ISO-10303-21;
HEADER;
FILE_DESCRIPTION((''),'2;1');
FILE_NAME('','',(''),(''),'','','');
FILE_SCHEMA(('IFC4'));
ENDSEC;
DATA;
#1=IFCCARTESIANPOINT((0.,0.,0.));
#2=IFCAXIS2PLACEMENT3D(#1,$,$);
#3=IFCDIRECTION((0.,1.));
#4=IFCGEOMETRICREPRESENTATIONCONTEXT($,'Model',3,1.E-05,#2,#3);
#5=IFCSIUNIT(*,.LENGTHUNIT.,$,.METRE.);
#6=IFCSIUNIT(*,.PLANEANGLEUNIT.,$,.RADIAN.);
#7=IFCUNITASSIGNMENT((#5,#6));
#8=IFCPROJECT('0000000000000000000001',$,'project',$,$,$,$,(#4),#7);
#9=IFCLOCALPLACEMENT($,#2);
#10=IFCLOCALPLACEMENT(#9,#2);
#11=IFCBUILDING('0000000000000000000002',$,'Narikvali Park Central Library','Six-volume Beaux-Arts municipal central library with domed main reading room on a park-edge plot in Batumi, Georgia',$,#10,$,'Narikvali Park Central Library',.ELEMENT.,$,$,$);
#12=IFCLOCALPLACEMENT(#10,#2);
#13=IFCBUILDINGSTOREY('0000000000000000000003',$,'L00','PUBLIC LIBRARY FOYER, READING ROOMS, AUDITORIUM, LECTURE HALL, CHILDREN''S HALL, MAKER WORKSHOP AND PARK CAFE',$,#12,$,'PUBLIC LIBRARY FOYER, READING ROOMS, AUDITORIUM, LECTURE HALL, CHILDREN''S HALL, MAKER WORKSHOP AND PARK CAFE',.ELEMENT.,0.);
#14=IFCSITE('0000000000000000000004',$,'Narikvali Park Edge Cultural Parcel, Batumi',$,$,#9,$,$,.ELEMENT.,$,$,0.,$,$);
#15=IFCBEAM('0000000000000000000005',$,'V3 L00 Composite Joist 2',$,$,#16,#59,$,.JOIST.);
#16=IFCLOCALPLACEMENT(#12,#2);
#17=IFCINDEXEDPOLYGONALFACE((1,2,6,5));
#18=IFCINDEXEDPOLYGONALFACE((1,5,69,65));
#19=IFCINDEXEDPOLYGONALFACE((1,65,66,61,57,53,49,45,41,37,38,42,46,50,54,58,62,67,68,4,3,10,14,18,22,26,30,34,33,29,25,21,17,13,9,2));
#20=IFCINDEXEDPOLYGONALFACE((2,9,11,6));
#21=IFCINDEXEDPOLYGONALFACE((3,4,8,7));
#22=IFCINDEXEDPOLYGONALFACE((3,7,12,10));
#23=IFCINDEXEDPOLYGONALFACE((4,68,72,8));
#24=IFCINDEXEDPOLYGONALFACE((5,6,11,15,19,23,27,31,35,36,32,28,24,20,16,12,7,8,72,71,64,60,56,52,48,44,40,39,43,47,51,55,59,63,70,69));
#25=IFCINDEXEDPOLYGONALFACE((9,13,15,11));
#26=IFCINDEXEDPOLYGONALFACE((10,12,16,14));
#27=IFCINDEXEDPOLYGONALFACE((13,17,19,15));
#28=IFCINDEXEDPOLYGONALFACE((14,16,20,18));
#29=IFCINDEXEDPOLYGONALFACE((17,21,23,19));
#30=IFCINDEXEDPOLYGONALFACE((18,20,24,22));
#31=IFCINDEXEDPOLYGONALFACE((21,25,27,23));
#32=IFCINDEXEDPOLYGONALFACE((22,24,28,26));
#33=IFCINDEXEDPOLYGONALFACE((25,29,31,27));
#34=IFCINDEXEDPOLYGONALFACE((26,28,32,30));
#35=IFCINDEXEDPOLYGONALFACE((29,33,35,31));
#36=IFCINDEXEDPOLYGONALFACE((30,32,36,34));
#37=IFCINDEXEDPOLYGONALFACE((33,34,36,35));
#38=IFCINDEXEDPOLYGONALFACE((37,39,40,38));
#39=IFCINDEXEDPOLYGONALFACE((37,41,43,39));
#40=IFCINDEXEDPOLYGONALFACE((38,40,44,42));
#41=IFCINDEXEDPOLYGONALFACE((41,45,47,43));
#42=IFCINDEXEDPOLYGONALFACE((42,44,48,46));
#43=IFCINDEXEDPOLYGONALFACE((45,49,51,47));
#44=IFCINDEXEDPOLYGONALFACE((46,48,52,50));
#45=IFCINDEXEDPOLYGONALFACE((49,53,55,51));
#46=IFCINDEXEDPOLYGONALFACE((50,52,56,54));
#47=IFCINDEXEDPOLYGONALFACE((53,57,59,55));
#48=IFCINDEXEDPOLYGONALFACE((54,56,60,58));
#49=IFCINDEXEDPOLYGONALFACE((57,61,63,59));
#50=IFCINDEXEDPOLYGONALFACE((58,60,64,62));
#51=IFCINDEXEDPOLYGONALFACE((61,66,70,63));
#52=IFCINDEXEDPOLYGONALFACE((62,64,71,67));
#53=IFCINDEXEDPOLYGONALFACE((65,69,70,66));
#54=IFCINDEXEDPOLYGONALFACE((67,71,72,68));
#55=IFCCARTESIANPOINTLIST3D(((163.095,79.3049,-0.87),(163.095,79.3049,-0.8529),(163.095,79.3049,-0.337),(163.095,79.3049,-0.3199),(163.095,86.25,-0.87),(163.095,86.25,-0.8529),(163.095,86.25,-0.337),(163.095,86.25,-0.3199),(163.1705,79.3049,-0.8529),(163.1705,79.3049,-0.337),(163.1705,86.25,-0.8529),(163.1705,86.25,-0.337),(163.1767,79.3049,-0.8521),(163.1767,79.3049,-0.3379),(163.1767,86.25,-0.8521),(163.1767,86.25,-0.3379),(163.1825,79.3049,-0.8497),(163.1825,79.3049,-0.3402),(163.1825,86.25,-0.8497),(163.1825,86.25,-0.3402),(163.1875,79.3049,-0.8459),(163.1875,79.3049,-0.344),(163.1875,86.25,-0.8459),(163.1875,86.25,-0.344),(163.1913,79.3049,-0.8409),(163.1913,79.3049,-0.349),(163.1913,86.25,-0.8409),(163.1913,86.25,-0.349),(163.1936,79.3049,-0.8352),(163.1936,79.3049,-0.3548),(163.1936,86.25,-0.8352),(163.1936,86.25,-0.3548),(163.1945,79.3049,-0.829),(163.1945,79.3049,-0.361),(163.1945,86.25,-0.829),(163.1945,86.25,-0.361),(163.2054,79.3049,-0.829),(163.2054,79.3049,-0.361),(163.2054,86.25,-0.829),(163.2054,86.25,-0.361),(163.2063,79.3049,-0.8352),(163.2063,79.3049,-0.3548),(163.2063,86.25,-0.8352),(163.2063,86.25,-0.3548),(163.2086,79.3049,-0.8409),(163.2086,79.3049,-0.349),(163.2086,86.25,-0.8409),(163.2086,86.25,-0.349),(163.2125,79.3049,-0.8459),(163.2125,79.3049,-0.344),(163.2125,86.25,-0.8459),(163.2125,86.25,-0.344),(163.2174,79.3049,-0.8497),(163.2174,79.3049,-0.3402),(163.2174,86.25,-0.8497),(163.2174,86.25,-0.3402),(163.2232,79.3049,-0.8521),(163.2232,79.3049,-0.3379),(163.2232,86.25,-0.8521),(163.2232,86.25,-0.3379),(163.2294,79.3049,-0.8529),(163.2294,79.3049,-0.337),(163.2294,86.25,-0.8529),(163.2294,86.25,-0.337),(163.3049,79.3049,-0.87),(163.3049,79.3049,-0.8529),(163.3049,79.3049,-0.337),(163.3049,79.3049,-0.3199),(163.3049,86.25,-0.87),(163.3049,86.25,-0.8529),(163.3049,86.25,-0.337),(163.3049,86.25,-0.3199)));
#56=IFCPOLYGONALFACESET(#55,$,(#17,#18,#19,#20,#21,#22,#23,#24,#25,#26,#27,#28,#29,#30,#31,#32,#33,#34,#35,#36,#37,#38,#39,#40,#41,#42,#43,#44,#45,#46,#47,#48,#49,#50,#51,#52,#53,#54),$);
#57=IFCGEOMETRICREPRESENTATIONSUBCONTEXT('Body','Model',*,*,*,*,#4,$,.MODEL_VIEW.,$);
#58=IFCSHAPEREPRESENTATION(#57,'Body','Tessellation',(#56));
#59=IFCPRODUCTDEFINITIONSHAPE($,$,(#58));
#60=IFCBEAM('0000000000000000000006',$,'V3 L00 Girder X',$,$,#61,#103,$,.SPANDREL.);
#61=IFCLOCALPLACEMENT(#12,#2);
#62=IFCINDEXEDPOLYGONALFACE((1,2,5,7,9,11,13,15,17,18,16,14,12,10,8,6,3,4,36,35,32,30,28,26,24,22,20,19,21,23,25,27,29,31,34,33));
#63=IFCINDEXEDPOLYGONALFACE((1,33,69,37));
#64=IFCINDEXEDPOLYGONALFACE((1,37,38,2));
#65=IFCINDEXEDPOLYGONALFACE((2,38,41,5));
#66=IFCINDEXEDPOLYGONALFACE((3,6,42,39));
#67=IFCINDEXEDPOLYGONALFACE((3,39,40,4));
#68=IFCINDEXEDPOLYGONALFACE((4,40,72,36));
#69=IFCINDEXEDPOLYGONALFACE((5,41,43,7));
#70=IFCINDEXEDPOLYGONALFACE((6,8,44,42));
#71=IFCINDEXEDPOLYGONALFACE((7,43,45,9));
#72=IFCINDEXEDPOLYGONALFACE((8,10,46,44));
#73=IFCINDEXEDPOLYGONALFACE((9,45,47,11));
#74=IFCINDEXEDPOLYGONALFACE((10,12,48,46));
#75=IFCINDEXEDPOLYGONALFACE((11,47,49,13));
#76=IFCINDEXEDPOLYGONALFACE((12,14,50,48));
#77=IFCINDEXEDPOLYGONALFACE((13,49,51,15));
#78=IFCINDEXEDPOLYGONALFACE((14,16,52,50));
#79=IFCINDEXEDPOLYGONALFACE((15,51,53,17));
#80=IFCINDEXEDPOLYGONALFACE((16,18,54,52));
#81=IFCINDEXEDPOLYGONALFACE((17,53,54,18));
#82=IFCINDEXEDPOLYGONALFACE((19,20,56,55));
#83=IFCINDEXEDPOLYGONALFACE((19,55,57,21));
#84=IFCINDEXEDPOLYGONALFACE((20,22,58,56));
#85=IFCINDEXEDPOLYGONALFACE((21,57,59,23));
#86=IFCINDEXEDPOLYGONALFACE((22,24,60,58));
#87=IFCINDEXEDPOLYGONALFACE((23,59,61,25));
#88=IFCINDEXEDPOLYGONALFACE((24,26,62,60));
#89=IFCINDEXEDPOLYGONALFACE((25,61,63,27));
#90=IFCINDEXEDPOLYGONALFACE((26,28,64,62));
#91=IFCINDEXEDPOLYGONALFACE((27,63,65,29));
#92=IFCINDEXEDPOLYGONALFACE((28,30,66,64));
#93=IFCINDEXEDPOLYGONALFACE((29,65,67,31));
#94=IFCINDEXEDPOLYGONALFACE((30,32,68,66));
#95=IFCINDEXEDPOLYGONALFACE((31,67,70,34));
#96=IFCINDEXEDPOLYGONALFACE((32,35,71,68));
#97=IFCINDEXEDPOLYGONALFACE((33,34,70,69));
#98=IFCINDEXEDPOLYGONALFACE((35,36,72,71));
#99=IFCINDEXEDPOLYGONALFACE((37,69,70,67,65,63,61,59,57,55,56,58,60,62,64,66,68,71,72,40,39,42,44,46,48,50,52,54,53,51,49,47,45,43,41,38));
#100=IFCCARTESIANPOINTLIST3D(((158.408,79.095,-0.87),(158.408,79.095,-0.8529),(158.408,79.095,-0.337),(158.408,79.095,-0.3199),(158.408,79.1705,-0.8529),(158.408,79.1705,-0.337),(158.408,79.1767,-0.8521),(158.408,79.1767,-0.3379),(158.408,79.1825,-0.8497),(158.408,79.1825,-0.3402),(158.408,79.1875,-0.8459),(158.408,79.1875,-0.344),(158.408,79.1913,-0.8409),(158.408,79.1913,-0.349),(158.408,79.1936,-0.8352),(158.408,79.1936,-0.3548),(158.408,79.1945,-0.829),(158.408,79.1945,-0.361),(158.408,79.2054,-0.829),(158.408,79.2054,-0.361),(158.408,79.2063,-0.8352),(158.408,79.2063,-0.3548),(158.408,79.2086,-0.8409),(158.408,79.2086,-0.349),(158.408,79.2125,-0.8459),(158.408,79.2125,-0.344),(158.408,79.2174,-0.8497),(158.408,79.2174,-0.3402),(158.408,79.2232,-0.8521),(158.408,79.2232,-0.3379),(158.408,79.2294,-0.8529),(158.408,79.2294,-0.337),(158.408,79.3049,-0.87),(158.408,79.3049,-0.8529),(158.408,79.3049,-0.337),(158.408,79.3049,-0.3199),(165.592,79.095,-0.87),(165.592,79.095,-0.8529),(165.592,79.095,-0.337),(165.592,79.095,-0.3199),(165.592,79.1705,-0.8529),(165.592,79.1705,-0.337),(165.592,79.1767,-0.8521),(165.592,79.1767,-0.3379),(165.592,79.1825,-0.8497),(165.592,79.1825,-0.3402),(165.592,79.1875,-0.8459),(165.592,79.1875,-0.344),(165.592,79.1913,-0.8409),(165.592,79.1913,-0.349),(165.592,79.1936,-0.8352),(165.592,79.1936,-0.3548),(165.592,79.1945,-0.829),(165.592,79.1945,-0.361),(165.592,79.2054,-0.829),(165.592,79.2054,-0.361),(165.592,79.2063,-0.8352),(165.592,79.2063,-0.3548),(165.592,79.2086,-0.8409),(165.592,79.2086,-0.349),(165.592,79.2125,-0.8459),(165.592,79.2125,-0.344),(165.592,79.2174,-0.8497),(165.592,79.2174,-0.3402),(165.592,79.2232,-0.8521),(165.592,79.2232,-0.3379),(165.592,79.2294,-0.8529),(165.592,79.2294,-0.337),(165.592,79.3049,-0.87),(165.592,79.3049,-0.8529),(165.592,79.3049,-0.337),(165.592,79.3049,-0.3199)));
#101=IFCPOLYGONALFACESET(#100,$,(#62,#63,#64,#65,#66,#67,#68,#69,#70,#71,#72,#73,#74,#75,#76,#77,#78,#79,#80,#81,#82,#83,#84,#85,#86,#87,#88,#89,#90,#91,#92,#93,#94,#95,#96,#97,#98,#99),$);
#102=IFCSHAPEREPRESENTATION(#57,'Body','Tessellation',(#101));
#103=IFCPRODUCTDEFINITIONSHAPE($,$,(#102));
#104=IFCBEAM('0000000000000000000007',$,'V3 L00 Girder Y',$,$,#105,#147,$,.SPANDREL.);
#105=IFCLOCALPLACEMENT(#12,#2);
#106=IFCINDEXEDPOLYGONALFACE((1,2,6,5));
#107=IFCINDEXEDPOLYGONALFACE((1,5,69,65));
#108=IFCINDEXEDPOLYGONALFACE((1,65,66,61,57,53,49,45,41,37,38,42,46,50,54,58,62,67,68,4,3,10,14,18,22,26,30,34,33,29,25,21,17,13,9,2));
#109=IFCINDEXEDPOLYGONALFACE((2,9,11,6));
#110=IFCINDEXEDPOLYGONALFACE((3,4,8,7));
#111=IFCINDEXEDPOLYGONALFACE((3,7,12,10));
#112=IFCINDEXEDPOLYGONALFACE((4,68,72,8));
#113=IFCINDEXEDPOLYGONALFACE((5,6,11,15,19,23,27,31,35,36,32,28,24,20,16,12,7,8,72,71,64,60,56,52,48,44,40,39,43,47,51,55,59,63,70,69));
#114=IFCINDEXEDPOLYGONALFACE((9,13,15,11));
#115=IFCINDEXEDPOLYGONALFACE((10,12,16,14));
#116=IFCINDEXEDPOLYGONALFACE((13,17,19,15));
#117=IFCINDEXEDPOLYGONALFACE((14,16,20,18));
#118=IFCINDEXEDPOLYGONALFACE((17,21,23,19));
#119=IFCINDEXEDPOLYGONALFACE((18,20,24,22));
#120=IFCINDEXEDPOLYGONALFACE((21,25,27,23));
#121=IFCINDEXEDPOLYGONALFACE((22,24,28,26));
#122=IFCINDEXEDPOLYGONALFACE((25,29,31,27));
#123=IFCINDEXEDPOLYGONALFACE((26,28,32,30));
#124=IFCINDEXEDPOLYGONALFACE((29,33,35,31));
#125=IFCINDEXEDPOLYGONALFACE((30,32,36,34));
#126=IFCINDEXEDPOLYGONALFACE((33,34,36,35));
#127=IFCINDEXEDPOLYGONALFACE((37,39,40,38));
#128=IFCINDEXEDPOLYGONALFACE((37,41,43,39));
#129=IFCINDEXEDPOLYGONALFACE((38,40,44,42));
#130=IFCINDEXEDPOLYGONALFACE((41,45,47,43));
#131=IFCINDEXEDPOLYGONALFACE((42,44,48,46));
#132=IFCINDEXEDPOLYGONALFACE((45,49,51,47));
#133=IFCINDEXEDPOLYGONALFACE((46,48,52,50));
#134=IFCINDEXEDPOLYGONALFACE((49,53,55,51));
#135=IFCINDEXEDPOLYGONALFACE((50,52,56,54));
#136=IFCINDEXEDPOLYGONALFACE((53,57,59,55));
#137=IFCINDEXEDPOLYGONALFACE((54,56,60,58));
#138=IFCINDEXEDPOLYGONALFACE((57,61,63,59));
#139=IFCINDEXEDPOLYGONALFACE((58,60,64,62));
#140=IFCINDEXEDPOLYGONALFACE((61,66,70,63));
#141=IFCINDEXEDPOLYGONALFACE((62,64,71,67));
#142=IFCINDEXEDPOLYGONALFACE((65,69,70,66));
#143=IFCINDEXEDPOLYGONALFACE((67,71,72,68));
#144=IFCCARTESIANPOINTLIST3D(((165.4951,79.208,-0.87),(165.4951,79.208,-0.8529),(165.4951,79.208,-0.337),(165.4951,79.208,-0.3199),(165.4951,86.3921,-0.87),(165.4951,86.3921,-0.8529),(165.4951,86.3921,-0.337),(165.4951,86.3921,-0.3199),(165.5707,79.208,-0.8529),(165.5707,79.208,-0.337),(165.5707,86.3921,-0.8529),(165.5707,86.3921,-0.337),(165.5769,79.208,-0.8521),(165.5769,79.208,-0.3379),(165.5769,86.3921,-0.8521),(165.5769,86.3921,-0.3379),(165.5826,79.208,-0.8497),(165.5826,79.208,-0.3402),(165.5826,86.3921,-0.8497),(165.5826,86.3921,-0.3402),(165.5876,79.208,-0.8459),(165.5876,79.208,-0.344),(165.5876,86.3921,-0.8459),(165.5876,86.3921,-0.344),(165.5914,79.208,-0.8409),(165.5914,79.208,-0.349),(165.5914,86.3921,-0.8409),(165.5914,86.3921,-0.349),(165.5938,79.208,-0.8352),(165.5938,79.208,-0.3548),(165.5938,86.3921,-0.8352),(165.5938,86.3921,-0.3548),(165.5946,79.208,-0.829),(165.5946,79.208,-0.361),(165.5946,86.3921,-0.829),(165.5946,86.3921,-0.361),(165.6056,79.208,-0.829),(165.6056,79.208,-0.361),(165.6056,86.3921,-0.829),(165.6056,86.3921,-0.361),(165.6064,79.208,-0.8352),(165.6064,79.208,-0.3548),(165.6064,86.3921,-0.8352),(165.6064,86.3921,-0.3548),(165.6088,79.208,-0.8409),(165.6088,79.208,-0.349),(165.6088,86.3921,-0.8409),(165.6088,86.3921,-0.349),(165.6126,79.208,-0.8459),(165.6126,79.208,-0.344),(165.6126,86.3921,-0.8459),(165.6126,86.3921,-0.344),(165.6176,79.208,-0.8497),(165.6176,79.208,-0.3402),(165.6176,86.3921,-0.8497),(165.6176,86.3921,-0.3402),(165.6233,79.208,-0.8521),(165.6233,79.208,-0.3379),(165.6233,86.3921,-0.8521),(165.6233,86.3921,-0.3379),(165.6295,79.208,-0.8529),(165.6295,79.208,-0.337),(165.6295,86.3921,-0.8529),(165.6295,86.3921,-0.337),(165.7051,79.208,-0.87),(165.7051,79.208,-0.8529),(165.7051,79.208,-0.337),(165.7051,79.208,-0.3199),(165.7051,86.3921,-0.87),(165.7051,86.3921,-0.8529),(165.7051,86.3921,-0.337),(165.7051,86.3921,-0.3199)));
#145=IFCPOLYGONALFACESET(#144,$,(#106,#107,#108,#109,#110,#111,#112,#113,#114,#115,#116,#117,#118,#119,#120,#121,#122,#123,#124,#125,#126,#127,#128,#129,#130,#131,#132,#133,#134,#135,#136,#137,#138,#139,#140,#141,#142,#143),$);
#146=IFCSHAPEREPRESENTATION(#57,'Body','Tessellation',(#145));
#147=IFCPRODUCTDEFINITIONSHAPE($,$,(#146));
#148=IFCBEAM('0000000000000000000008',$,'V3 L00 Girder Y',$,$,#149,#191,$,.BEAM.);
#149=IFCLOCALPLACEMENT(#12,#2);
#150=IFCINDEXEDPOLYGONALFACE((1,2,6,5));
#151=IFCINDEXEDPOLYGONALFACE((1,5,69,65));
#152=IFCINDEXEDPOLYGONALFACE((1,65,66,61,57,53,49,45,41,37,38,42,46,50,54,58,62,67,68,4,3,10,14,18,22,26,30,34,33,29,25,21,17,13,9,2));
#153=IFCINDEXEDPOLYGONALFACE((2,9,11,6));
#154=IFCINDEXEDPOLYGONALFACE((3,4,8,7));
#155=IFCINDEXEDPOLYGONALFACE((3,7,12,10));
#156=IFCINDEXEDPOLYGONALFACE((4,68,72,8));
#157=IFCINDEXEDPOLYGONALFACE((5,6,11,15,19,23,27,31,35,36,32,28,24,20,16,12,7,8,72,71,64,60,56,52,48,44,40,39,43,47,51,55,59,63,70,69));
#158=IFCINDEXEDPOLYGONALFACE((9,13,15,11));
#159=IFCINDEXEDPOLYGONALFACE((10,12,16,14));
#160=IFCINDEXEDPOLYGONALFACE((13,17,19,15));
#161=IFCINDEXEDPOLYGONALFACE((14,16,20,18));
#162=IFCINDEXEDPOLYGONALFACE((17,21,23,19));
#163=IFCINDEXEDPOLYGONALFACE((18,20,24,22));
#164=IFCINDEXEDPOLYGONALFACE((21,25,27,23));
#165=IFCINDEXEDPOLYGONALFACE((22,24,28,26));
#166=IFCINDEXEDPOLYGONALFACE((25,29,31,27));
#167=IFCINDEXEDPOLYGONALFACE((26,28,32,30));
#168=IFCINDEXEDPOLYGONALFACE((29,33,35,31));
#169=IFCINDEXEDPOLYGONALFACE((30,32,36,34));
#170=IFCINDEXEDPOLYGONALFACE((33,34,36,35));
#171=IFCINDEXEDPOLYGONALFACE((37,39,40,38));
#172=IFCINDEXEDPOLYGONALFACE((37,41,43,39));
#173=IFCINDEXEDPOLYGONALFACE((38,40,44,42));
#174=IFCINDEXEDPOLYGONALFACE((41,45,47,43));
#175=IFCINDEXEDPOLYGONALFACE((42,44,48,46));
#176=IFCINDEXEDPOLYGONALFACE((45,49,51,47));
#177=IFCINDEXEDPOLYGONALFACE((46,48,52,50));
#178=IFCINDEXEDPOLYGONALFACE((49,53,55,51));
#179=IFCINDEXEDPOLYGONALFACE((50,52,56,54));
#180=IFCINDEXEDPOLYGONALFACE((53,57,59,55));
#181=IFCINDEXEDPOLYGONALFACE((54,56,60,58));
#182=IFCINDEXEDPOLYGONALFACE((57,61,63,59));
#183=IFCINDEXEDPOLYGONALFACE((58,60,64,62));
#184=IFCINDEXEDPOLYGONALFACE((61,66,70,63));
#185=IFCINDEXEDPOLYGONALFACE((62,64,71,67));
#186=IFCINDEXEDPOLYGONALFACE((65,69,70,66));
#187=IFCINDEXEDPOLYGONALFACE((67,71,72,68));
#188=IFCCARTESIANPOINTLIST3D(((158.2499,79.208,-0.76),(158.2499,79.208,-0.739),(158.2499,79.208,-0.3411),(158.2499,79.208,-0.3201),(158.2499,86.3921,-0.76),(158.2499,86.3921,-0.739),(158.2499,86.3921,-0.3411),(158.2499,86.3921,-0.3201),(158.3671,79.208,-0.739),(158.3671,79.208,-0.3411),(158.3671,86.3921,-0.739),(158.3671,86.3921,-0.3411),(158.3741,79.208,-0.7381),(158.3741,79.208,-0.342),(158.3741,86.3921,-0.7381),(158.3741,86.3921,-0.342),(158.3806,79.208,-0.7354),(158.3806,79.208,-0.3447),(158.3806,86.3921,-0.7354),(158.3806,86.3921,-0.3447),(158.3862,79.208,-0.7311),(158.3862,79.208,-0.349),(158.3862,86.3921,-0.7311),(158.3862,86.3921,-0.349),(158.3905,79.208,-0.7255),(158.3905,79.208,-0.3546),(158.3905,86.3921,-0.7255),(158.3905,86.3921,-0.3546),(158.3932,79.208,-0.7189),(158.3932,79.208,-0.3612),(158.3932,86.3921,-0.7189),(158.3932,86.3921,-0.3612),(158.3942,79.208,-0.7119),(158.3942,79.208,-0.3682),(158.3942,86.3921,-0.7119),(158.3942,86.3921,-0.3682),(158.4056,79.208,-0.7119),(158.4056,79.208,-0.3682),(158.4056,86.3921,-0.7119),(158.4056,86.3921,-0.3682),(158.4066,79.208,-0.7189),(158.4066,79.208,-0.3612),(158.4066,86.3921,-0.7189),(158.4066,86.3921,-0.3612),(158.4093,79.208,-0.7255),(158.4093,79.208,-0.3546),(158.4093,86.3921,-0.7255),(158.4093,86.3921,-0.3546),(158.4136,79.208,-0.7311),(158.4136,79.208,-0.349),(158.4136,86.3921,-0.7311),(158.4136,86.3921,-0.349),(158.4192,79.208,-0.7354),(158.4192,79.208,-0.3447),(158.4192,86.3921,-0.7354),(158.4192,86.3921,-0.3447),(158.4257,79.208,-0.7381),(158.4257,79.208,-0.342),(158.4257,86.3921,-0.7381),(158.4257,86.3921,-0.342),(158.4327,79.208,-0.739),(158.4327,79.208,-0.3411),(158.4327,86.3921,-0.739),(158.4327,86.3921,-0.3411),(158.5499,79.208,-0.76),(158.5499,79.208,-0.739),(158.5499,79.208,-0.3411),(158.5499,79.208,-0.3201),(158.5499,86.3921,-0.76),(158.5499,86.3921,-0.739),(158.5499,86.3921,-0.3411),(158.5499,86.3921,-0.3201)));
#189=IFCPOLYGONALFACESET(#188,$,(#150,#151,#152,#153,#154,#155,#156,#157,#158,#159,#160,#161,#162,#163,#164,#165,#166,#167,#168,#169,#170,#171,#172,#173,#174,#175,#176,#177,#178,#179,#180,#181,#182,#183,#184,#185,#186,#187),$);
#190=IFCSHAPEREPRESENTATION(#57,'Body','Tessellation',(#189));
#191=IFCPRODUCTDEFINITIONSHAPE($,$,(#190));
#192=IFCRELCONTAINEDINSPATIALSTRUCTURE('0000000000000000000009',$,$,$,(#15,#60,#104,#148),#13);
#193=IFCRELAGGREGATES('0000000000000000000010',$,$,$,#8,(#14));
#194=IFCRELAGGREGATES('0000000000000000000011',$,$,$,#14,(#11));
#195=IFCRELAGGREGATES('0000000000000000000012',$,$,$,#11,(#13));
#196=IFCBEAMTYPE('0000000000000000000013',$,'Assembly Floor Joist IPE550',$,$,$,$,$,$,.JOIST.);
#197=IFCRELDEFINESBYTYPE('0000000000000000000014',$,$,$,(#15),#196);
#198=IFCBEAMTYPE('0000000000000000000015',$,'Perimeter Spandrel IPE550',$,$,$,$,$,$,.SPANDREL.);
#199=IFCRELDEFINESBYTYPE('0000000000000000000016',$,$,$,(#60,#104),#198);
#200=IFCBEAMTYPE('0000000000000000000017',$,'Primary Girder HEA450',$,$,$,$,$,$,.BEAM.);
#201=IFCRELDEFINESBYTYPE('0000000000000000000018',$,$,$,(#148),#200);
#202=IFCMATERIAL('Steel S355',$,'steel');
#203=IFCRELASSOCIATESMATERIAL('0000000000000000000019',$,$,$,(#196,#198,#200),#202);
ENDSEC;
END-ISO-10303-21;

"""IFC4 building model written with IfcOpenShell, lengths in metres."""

from ifc_helpers import new_model, si_unit, direction, frame, origin, origin_2d, place, context, subcontext, project, spatial, i_section, extrude, material, material_profile, profile_set, type_object, element, save


model = new_model("IFC4")

# Units and contexts
model_context = context("Model", 3, precision=1e-05, world=origin(), true_north=direction((0.0, 1.0)))
body_context = subcontext(model_context, "Body", "Model", "MODEL_VIEW")
ifc_project = project(units=[si_unit("LENGTHUNIT", "METRE"), si_unit("PLANEANGLEUNIT", "RADIAN")], contexts=[model_context])

# Site, building, storey
site_placement = place(None, origin())
site = spatial("IfcSite", under=ifc_project, at=site_placement, Name="Narikvali Park Edge Cultural Parcel, Batumi", CompositionType="ELEMENT", RefElevation=0.0)
building_placement = place(site_placement, origin())
building = spatial("IfcBuilding", under=site, at=building_placement, Name="Narikvali Park Central Library", Description="Six-volume Beaux-Arts municipal central library with domed main reading room on a park-edge plot in Batumi, Georgia", LongName="Narikvali Park Central Library", CompositionType="ELEMENT")
storey_placement = place(building_placement, origin())
storey = spatial("IfcBuildingStorey", under=building, at=storey_placement, Name="L00", Description="PUBLIC LIBRARY FOYER, READING ROOMS, AUDITORIUM, LECTURE HALL, CHILDREN'S HALL, MAKER WORKSHOP AND PARK CAFE", LongName="PUBLIC LIBRARY FOYER, READING ROOMS, AUDITORIUM, LECTURE HALL, CHILDREN'S HALL, MAKER WORKSHOP AND PARK CAFE", CompositionType="ELEMENT", Elevation=0.0)

# Shared definitions
ifc_material_1 = material(Name="Steel S355", Category="steel")

# Beams
ifc_material_profile_1 = material_profile(ifc_material_1, i_section(OverallWidth=0.21, OverallDepth=0.55, WebThickness=0.011, FlangeThickness=0.0171, FilletRadius=0.0239, at=origin_2d()), Name="IPE 550")
ifc_profile_set_1 = profile_set([ifc_material_profile_1], Name="Steel S355")
beam_type_1 = type_object("IfcBeamType", Name="Assembly Floor Joist IPE550", PredefinedType="JOIST", material=ifc_profile_set_1)
for number, where, z_axis, x_axis, name in (
    (1, (163.2, 79.3049, -0.595), (0.0, 1.0, 0.0), (-1.0, 0.0, 0.0), "V3 L00 Composite Joist 2"),
):
    element("IfcBeam", number, at=place(storey_placement, frame(where, z_axis=z_axis, x_axis=x_axis)), inside=storey, type_object=beam_type_1, Name=name, PredefinedType="JOIST", context=body_context, shape_type="SweptSolid", body=[
        extrude(i_section(OverallWidth=0.21, OverallDepth=0.55, WebThickness=0.011, FlangeThickness=0.0171, FilletRadius=0.0239, at=origin_2d()), origin(), (0.0, 0.0, 1.0), 6.9451),
    ])
ifc_material_profile_2 = material_profile(ifc_material_1, i_section(OverallWidth=0.21, OverallDepth=0.55, WebThickness=0.011, FlangeThickness=0.0171, FilletRadius=0.0239, at=origin_2d()), Name="IPE 550")
ifc_profile_set_2 = profile_set([ifc_material_profile_2], Name="Steel S355")
beam_type_2 = type_object("IfcBeamType", Name="Perimeter Spandrel IPE550", PredefinedType="SPANDREL", material=ifc_profile_set_2)
for number, where, z_axis, x_axis, name in (
    (2, (158.408, 79.2, -0.595), (1.0, 0.0, 0.0), (0.0, 1.0, 0.0), "V3 L00 Girder X"),
    (3, (165.6001, 79.208, -0.595), (0.0, 1.0, 0.0), (-1.0, 0.0, 0.0), "V3 L00 Girder Y"),
):
    element("IfcBeam", number, at=place(storey_placement, frame(where, z_axis=z_axis, x_axis=x_axis)), inside=storey, type_object=beam_type_2, Name=name, PredefinedType="SPANDREL", context=body_context, shape_type="SweptSolid", body=[
        extrude(i_section(OverallWidth=0.21, OverallDepth=0.55, WebThickness=0.011, FlangeThickness=0.0171, FilletRadius=0.0239, at=origin_2d()), origin(), (0.0, 0.0, 1.0), 7.1841),
    ])
ifc_material_profile_3 = material_profile(ifc_material_1, i_section(OverallWidth=0.3, OverallDepth=0.4399, WebThickness=0.0115, FlangeThickness=0.021, FilletRadius=0.0271, at=origin_2d()), Name="HEA 450")
ifc_profile_set_3 = profile_set([ifc_material_profile_3], Name="Steel S355")
beam_type_3 = type_object("IfcBeamType", Name="Primary Girder HEA450", PredefinedType="BEAM", material=ifc_profile_set_3)
beam_placement = place(storey_placement, frame((158.3999, 79.208, -0.54), z_axis=(0.0, 1.0, 0.0), x_axis=(-1.0, 0.0, 0.0)))
element("IfcBeam", 4, at=beam_placement, inside=storey, type_object=beam_type_3, Name="V3 L00 Girder Y", PredefinedType="BEAM", context=body_context, shape_type="SweptSolid", body=[
    extrude(i_section(OverallWidth=0.3, OverallDepth=0.4399, WebThickness=0.0115, FlangeThickness=0.021, FilletRadius=0.0271, at=origin_2d()), origin(), (0.0, 0.0, 1.0), 7.1841),
])

save(model, "model.ifc")
